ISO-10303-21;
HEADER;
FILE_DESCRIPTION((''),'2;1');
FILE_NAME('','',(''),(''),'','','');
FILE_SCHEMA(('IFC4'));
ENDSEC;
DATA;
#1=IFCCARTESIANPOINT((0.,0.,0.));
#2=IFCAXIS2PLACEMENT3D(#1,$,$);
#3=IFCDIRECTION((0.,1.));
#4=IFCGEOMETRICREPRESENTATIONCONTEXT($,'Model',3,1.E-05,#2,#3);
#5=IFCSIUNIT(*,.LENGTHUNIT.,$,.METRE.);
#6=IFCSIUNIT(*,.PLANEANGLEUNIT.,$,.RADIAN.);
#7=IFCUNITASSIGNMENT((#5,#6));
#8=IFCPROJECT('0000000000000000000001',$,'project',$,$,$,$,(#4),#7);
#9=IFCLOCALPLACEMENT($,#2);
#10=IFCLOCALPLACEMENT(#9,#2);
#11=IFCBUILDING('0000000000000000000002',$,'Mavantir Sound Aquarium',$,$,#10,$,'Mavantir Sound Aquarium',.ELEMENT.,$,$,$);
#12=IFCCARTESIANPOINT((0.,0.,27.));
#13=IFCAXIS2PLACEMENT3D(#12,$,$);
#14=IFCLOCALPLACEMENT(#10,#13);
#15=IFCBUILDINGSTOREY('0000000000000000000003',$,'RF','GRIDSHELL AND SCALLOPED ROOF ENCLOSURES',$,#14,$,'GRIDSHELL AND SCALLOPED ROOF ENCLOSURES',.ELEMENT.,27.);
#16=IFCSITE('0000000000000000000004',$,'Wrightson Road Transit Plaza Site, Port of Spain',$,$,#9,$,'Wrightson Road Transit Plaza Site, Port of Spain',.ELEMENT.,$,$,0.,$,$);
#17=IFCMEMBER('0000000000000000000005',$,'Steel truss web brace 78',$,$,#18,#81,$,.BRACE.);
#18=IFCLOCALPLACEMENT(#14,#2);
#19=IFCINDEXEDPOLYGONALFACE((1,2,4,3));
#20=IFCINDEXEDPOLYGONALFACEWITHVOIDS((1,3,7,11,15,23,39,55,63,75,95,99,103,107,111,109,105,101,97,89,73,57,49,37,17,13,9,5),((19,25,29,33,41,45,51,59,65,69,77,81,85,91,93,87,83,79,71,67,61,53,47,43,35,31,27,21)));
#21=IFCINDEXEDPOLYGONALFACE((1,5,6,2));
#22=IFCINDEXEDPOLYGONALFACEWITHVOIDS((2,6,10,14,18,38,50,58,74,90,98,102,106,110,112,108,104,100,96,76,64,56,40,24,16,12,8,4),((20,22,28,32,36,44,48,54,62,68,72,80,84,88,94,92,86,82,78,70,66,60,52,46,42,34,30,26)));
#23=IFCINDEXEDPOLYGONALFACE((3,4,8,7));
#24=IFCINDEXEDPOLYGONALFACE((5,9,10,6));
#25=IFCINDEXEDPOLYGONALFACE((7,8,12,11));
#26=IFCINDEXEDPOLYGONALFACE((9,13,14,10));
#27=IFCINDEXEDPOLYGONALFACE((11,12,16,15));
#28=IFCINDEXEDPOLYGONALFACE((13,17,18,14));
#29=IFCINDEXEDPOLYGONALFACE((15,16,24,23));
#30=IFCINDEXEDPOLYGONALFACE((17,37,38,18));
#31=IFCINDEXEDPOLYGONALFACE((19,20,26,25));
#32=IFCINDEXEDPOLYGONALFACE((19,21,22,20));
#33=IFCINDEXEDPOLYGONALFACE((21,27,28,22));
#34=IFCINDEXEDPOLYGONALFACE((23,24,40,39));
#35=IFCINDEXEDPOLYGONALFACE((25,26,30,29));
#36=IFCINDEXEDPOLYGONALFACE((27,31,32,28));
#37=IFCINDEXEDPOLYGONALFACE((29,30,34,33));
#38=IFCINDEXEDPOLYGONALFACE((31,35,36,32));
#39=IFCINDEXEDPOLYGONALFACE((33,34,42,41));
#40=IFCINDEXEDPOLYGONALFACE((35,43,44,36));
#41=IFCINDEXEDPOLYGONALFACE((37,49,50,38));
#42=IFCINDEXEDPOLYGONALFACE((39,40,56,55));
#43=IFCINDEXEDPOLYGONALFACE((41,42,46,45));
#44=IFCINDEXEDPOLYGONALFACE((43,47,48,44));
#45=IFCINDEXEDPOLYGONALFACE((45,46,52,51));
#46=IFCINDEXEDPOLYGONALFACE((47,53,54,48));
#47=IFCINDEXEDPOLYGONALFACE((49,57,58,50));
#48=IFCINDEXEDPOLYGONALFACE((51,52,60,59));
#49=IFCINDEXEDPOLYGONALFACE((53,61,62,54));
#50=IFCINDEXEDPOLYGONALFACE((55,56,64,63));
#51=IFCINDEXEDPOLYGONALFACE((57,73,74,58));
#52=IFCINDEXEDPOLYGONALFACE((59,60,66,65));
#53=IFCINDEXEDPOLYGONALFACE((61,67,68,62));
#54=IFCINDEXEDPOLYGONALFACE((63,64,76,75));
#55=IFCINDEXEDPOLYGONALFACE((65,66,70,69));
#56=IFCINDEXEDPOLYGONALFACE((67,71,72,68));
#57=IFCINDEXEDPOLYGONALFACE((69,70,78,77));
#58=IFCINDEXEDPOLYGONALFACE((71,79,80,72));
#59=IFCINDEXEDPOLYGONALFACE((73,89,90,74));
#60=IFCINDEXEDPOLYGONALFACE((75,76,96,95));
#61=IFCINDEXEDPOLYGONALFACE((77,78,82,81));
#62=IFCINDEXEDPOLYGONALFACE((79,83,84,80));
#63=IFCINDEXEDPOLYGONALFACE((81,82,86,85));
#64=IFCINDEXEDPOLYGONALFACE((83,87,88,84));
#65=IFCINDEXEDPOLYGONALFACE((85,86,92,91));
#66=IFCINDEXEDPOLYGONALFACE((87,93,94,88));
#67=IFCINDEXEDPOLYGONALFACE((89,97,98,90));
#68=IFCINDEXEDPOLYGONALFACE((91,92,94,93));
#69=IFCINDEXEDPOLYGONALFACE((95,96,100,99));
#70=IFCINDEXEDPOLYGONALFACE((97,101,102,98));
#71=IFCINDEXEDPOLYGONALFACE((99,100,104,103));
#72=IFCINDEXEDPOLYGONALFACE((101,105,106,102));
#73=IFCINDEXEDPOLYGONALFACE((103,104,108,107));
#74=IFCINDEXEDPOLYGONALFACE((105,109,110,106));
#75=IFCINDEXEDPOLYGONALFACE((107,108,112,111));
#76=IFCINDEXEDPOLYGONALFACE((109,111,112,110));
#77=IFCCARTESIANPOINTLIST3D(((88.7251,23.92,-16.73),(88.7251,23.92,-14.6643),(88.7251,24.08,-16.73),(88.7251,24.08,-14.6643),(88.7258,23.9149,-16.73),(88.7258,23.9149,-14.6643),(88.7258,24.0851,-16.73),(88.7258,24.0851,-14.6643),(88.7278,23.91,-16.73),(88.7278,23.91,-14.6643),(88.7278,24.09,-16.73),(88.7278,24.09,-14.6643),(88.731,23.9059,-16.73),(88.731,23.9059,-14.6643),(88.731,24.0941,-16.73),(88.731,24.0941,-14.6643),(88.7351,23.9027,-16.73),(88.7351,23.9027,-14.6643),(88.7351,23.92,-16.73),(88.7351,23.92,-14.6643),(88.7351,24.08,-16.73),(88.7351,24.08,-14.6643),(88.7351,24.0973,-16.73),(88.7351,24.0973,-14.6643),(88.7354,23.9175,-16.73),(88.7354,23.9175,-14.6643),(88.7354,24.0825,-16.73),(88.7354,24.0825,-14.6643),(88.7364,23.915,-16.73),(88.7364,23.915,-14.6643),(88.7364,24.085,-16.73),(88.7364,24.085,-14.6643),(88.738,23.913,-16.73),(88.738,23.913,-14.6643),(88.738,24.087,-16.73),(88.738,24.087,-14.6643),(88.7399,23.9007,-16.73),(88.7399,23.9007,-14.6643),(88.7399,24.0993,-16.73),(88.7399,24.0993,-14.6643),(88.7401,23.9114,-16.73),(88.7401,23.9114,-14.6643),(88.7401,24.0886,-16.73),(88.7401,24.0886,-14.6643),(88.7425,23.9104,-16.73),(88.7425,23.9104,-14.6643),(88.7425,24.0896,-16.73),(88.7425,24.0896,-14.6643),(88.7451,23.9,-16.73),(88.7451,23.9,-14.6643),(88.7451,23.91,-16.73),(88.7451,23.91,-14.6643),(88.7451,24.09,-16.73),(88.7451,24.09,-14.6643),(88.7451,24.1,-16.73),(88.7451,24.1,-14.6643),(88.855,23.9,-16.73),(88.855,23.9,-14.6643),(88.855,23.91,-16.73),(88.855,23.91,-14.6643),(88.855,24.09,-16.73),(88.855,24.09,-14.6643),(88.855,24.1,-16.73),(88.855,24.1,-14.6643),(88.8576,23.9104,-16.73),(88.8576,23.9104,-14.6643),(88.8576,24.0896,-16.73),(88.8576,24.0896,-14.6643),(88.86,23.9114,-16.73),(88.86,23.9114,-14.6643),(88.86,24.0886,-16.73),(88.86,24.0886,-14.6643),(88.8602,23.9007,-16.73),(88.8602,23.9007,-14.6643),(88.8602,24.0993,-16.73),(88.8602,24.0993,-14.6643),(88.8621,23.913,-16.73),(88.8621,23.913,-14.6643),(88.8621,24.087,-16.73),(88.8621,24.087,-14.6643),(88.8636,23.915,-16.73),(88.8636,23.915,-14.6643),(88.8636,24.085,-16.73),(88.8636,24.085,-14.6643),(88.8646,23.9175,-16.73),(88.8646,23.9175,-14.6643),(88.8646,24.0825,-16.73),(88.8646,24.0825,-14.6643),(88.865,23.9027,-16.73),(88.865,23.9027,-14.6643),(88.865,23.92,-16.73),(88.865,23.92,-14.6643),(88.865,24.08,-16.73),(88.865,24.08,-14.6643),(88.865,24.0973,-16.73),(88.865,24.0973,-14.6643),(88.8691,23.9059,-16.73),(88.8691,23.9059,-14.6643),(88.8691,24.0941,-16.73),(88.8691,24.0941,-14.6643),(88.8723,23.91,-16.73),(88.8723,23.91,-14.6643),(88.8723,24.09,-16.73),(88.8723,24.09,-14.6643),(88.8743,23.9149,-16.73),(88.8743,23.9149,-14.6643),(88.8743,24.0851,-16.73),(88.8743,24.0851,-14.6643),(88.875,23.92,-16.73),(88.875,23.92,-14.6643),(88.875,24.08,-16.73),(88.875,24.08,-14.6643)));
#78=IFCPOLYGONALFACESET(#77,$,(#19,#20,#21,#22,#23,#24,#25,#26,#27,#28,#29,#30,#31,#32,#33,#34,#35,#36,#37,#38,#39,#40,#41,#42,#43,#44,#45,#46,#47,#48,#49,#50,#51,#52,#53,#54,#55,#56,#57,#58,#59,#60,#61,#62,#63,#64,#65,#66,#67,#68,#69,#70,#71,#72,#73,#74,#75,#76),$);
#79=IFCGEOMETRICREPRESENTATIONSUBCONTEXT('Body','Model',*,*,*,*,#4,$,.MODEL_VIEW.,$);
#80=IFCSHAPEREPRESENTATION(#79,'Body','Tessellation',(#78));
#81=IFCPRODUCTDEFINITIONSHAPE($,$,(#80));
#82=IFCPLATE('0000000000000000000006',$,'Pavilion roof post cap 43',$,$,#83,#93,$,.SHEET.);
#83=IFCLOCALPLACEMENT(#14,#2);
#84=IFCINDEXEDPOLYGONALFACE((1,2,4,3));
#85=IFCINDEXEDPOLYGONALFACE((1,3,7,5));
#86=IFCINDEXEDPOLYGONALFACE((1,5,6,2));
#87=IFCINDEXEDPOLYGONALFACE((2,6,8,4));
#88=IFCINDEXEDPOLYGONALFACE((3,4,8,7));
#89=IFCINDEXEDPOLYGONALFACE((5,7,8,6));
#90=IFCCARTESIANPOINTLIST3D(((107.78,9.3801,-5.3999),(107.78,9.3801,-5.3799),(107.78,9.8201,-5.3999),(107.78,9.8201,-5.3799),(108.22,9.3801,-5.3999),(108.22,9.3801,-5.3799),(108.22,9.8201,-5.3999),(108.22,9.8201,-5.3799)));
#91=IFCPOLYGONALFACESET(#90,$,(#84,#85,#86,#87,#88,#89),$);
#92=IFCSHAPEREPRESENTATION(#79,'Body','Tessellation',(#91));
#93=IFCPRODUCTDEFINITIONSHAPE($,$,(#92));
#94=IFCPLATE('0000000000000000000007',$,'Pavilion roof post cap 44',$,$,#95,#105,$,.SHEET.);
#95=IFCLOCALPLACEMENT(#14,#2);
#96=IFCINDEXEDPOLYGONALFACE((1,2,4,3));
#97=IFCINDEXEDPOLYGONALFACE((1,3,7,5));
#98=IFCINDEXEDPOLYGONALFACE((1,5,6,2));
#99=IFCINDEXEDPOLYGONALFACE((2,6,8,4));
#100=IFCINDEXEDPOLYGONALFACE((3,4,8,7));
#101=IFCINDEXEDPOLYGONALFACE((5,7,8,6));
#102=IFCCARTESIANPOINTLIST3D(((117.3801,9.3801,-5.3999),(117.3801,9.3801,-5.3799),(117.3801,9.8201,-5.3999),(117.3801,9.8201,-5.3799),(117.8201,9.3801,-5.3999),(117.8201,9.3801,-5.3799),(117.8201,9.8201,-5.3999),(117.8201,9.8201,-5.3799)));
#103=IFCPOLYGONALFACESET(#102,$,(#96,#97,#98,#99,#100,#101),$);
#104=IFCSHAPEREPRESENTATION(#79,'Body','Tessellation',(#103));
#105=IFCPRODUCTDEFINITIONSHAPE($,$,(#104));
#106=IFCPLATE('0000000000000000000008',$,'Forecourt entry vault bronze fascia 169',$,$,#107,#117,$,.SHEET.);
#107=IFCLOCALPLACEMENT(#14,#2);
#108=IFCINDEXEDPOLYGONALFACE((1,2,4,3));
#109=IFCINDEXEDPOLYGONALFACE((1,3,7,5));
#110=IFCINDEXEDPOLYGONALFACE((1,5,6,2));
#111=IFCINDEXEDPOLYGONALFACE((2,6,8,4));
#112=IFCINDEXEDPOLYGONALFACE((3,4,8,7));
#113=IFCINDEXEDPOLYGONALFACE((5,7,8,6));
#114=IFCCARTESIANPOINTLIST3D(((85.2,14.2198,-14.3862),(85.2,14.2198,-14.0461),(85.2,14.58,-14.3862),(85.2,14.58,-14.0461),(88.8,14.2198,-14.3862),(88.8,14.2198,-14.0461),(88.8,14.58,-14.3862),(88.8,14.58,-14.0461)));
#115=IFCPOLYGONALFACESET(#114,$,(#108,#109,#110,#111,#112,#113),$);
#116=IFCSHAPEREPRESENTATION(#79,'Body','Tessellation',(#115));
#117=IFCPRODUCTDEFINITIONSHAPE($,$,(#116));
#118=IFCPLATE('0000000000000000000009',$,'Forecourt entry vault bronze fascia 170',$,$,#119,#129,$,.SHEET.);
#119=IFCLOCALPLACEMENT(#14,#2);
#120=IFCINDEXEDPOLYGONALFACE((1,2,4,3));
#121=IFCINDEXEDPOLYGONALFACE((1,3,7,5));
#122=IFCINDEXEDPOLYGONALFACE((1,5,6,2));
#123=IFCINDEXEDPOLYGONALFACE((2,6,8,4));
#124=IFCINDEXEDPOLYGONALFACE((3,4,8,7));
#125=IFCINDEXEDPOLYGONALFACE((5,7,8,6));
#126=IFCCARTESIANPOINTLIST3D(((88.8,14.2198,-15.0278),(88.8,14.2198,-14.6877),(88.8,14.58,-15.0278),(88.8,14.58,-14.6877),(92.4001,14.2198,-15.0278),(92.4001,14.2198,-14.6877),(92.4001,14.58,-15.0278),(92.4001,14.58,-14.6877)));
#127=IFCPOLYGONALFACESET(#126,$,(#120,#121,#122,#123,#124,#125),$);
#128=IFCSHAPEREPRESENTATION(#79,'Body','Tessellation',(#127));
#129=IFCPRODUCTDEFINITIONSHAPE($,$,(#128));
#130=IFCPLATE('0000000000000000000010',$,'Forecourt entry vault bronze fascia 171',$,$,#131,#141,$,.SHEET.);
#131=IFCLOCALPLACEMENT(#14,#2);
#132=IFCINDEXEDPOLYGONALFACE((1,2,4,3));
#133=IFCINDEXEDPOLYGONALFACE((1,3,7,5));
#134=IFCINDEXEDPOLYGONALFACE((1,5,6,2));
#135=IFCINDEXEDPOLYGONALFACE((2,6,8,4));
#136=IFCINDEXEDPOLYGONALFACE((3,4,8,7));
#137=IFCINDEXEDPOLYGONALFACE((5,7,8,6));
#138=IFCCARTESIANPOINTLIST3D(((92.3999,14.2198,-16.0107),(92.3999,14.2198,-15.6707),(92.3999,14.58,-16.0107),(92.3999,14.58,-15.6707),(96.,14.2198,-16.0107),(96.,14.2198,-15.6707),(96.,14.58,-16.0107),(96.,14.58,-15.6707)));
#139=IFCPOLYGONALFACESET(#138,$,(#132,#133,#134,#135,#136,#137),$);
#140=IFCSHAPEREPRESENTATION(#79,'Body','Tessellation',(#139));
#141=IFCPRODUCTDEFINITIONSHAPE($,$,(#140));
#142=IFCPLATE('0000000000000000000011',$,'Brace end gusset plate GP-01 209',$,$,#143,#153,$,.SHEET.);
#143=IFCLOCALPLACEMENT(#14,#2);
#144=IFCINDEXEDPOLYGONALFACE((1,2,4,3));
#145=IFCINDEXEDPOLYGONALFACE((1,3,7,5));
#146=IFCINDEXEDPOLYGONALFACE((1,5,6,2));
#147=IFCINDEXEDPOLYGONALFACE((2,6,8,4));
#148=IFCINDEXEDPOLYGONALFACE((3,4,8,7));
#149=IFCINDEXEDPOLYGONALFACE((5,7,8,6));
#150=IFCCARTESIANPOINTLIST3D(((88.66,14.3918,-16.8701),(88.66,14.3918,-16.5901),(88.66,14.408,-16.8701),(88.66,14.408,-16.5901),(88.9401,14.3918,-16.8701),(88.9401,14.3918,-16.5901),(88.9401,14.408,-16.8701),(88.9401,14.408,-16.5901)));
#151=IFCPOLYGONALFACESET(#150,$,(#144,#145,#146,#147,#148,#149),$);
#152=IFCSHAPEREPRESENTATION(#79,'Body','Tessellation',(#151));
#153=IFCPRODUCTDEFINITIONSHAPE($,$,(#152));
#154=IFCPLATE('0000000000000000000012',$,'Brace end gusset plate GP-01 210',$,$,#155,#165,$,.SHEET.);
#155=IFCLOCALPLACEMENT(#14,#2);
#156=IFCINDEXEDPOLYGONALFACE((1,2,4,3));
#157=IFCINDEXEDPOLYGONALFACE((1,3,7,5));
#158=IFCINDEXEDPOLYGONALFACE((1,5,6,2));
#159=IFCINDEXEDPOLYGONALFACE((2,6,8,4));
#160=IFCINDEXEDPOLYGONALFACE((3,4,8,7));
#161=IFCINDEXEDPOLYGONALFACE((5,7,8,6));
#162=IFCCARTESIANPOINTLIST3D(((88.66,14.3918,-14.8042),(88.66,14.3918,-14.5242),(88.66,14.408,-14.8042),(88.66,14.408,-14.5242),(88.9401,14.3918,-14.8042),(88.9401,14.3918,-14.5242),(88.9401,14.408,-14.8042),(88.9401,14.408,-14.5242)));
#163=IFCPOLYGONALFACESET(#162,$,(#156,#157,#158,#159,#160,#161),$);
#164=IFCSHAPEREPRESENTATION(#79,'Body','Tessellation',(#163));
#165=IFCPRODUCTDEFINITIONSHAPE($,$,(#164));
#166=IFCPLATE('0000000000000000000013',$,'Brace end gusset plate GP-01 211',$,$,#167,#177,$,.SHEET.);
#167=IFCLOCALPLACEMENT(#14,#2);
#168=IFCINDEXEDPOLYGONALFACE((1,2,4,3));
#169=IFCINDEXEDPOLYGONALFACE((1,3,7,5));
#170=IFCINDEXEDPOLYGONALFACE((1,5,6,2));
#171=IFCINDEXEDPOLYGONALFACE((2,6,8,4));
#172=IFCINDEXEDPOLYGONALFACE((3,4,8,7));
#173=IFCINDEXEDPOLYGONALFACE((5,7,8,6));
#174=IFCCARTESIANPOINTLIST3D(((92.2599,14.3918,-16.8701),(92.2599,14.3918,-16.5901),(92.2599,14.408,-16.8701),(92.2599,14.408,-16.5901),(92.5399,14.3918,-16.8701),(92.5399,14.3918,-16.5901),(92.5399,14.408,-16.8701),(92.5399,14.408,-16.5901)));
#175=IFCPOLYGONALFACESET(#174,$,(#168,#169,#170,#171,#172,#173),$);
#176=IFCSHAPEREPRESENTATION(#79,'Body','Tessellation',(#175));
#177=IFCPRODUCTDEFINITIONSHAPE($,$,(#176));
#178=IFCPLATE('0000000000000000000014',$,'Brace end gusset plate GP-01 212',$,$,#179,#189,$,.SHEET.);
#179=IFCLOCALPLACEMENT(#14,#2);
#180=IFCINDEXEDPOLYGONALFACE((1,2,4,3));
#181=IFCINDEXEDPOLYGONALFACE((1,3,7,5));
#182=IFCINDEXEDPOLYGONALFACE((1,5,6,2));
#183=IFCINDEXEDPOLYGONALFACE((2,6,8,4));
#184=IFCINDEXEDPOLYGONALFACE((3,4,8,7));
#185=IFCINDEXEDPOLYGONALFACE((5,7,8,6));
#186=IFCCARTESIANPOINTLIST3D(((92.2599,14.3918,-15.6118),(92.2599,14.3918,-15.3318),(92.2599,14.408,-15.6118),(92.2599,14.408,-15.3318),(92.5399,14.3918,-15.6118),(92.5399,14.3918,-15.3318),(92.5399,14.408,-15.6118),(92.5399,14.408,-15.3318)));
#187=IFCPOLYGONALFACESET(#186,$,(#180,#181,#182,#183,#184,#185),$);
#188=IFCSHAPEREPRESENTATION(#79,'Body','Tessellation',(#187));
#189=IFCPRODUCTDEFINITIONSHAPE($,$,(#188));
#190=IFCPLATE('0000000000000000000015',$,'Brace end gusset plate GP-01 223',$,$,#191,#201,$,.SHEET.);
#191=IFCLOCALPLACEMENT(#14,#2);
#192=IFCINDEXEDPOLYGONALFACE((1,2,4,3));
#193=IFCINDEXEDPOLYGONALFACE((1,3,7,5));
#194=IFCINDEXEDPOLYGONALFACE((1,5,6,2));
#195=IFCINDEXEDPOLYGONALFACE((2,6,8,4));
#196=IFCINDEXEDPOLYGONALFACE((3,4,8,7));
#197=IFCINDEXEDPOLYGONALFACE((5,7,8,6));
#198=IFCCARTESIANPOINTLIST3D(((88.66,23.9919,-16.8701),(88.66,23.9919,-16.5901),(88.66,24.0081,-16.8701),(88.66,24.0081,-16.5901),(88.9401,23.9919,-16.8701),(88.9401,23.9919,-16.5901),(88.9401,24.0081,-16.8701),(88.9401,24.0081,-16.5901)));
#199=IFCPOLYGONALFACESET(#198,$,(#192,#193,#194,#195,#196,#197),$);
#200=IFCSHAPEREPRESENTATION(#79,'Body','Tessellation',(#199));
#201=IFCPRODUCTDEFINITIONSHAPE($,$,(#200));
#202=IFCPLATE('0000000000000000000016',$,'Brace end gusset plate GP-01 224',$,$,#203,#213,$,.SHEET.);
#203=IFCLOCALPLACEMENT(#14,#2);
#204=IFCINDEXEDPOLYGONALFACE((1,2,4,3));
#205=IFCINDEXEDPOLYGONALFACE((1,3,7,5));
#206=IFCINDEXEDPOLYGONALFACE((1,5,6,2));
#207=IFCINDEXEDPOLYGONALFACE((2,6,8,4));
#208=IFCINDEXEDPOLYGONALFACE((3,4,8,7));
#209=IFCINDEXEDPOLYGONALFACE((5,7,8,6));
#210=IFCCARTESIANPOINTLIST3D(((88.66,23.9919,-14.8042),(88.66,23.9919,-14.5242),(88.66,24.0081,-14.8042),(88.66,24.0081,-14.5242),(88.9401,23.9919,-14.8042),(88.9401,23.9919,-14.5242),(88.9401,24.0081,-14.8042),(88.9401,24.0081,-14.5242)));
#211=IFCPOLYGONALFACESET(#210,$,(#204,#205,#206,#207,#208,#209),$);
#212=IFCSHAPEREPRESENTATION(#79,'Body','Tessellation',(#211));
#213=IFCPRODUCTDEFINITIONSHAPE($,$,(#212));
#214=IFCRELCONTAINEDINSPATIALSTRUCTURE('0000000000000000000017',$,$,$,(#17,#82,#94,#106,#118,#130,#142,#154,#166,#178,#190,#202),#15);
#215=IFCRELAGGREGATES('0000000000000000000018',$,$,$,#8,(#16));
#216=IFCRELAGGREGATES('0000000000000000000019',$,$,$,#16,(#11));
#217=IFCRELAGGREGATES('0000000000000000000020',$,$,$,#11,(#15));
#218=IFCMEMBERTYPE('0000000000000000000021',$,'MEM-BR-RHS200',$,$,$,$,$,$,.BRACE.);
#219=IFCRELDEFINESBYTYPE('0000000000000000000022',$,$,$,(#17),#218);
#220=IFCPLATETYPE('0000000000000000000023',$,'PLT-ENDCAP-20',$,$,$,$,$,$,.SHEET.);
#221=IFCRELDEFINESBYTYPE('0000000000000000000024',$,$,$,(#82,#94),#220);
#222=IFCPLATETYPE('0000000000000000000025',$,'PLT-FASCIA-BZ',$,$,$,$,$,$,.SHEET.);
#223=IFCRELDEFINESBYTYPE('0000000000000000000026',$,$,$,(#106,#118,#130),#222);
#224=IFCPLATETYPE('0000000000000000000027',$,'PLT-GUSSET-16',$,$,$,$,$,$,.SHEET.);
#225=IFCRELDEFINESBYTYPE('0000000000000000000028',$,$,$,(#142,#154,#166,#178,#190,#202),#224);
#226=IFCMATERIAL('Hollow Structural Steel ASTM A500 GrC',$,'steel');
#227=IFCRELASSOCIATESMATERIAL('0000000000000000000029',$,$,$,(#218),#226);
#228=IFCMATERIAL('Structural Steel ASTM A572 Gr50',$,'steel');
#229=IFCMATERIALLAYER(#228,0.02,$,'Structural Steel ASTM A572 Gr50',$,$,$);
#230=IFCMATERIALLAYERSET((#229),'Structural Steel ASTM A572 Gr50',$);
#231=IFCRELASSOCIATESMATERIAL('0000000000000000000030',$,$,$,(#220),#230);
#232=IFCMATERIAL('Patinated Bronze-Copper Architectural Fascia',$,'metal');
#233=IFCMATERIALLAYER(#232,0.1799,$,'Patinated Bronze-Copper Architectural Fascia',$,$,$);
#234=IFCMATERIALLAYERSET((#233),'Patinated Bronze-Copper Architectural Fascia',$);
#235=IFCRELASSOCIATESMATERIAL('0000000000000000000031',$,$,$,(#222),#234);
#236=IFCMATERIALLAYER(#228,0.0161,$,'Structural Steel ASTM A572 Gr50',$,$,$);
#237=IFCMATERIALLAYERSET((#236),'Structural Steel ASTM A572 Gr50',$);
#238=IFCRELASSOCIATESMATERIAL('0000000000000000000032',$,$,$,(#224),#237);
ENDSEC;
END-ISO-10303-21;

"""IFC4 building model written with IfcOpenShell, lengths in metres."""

from ifc_helpers import new_model, si_unit, direction, frame, origin, origin_2d, place, context, subcontext, project, spatial, rectangle, hollow_rectangle, extrude, material, layer, layer_set, material_profile, profile_set, type_object, element, save


model = new_model("IFC4")

# Units and contexts
model_context = context("Model", 3, precision=1e-05, world=origin(), true_north=direction((0.0, 1.0)))
body_context = subcontext(model_context, "Body", "Model", "MODEL_VIEW")
ifc_project = project(units=[si_unit("LENGTHUNIT", "METRE"), si_unit("PLANEANGLEUNIT", "RADIAN")], contexts=[model_context])

# Site, building, storey
site_placement = place(None, origin())
site = spatial("IfcSite", under=ifc_project, at=site_placement, Name="Wrightson Road Transit Plaza Site, Port of Spain", LongName="Wrightson Road Transit Plaza Site, Port of Spain", CompositionType="ELEMENT", RefElevation=0.0)
building_placement = place(site_placement, origin())
building = spatial("IfcBuilding", under=site, at=building_placement, Name="Mavantir Sound Aquarium", LongName="Mavantir Sound Aquarium", CompositionType="ELEMENT")
storey_placement = place(building_placement, frame((0.0, 0.0, 27.0)))
storey = spatial("IfcBuildingStorey", under=building, at=storey_placement, Name="RF", Description="GRIDSHELL AND SCALLOPED ROOF ENCLOSURES", LongName="GRIDSHELL AND SCALLOPED ROOF ENCLOSURES", CompositionType="ELEMENT", Elevation=27.0)

# Member
ifc_material_1 = material(Name="Hollow Structural Steel ASTM A500 GrC", Category="steel")
ifc_material_profile_1 = material_profile(ifc_material_1, hollow_rectangle(XDim=0.1499, YDim=0.2, WallThickness=0.01, InnerFilletRadius=0.01, OuterFilletRadius=0.02, at=origin_2d()), Name="RHS 200X150X10")
ifc_profile_set_1 = profile_set([ifc_material_profile_1], Name="Hollow Structural Steel ASTM A500 GrC")
member_type_1 = type_object("IfcMemberType", Name="MEM-BR-RHS200", PredefinedType="BRACE", material=ifc_profile_set_1)
member_1_placement = place(storey_placement, frame((88.8, 24.0, -16.73), z_axis=(0.0, 0.0, 1.0), x_axis=(1.0, 0.0, 0.0)))
element("IfcMember", 1, at=member_1_placement, inside=storey, type_object=member_type_1, Name="Steel truss web brace 78", PredefinedType="BRACE", context=body_context, shape_type="SweptSolid", body=[
    extrude(hollow_rectangle(XDim=0.1499, YDim=0.2, WallThickness=0.01, InnerFilletRadius=0.01, OuterFilletRadius=0.02, at=origin_2d()), origin(), (0.0, 0.0, 1.0), 2.0657),
])

# Plates
ifc_material_2 = material(Name="Structural Steel ASTM A572 Gr50", Category="steel")
ifc_layer_1 = layer(ifc_material_2, 0.02, Name="Structural Steel ASTM A572 Gr50")
ifc_layer_set_1 = layer_set([ifc_layer_1], Name="Structural Steel ASTM A572 Gr50")
plate_type_1 = type_object("IfcPlateType", Name="PLT-ENDCAP-20", PredefinedType="SHEET", material=ifc_layer_set_1)
for number, where, z_axis, x_axis, name in (
    (2, (108.0, 9.6001, -5.3999), (0.0, 0.0, 1.0), (1.0, 0.0, 0.0), "Pavilion roof post cap 43"),
    (3, (117.6001, 9.6001, -5.3999), (0.0, 0.0, 1.0), (1.0, 0.0, 0.0), "Pavilion roof post cap 44"),
):
    element("IfcPlate", number, at=place(storey_placement, frame(where, z_axis=z_axis, x_axis=x_axis)), inside=storey, type_object=plate_type_1, Name=name, PredefinedType="SHEET", context=body_context, shape_type="SweptSolid", body=[
        extrude(rectangle(XDim=0.4399, YDim=0.4399, at=origin_2d()), origin(), (0.0, 0.0, 1.0), 0.02),
    ])
ifc_material_3 = material(Name="Patinated Bronze-Copper Architectural Fascia", Category="metal")
ifc_layer_2 = layer(ifc_material_3, 0.1799, Name="Patinated Bronze-Copper Architectural Fascia")
ifc_layer_set_2 = layer_set([ifc_layer_2], Name="Patinated Bronze-Copper Architectural Fascia")
plate_type_2 = type_object("IfcPlateType", Name="PLT-FASCIA-BZ", PredefinedType="SHEET", material=ifc_layer_set_2)
for number, where, z_axis, x_axis, name in (
    (4, (87.0, 14.3999, -14.3862), (0.0, 0.0, 1.0), (1.0, 0.0, 0.0), "Forecourt entry vault bronze fascia 169"),
    (5, (90.6001, 14.3999, -15.0278), (0.0, 0.0, 1.0), (1.0, 0.0, 0.0), "Forecourt entry vault bronze fascia 170"),
    (6, (94.2, 14.3999, -16.0107), (0.0, 0.0, 1.0), (1.0, 0.0, 0.0), "Forecourt entry vault bronze fascia 171"),
):
    element("IfcPlate", number, at=place(storey_placement, frame(where, z_axis=z_axis, x_axis=x_axis)), inside=storey, type_object=plate_type_2, Name=name, PredefinedType="SHEET", context=body_context, shape_type="SweptSolid", body=[
        extrude(rectangle(XDim=3.6001, YDim=0.3601, at=origin_2d()), origin(), (0.0, 0.0, 1.0), 0.3401),
    ])
ifc_layer_3 = layer(ifc_material_2, 0.0161, Name="Structural Steel ASTM A572 Gr50")
ifc_layer_set_3 = layer_set([ifc_layer_3], Name="Structural Steel ASTM A572 Gr50")
plate_type_3 = type_object("IfcPlateType", Name="PLT-GUSSET-16", PredefinedType="SHEET", material=ifc_layer_set_3)
for number, where, z_axis, x_axis, name in (
    (7, (88.8, 14.3999, -16.8701), (0.0, 0.0, 1.0), (1.0, 0.0, 0.0), "Brace end gusset plate GP-01 209"),
    (8, (88.8, 14.3999, -14.8042), (0.0, 0.0, 1.0), (1.0, 0.0, 0.0), "Brace end gusset plate GP-01 210"),
    (9, (92.3999, 14.3999, -16.8701), (0.0, 0.0, 1.0), (1.0, 0.0, 0.0), "Brace end gusset plate GP-01 211"),
    (10, (92.3999, 14.3999, -15.6118), (0.0, 0.0, 1.0), (1.0, 0.0, 0.0), "Brace end gusset plate GP-01 212"),
    (11, (88.8, 24.0, -16.8701), (0.0, 0.0, 1.0), (1.0, 0.0, 0.0), "Brace end gusset plate GP-01 223"),
    (12, (88.8, 24.0, -14.8042), (0.0, 0.0, 1.0), (1.0, 0.0, 0.0), "Brace end gusset plate GP-01 224"),
):
    element("IfcPlate", number, at=place(storey_placement, frame(where, z_axis=z_axis, x_axis=x_axis)), inside=storey, type_object=plate_type_3, Name=name, PredefinedType="SHEET", context=body_context, shape_type="SweptSolid", body=[
        extrude(rectangle(XDim=0.28, YDim=0.0161, at=origin_2d()), origin(), (0.0, 0.0, 1.0), 0.28),
    ])

save(model, "model.ifc")
